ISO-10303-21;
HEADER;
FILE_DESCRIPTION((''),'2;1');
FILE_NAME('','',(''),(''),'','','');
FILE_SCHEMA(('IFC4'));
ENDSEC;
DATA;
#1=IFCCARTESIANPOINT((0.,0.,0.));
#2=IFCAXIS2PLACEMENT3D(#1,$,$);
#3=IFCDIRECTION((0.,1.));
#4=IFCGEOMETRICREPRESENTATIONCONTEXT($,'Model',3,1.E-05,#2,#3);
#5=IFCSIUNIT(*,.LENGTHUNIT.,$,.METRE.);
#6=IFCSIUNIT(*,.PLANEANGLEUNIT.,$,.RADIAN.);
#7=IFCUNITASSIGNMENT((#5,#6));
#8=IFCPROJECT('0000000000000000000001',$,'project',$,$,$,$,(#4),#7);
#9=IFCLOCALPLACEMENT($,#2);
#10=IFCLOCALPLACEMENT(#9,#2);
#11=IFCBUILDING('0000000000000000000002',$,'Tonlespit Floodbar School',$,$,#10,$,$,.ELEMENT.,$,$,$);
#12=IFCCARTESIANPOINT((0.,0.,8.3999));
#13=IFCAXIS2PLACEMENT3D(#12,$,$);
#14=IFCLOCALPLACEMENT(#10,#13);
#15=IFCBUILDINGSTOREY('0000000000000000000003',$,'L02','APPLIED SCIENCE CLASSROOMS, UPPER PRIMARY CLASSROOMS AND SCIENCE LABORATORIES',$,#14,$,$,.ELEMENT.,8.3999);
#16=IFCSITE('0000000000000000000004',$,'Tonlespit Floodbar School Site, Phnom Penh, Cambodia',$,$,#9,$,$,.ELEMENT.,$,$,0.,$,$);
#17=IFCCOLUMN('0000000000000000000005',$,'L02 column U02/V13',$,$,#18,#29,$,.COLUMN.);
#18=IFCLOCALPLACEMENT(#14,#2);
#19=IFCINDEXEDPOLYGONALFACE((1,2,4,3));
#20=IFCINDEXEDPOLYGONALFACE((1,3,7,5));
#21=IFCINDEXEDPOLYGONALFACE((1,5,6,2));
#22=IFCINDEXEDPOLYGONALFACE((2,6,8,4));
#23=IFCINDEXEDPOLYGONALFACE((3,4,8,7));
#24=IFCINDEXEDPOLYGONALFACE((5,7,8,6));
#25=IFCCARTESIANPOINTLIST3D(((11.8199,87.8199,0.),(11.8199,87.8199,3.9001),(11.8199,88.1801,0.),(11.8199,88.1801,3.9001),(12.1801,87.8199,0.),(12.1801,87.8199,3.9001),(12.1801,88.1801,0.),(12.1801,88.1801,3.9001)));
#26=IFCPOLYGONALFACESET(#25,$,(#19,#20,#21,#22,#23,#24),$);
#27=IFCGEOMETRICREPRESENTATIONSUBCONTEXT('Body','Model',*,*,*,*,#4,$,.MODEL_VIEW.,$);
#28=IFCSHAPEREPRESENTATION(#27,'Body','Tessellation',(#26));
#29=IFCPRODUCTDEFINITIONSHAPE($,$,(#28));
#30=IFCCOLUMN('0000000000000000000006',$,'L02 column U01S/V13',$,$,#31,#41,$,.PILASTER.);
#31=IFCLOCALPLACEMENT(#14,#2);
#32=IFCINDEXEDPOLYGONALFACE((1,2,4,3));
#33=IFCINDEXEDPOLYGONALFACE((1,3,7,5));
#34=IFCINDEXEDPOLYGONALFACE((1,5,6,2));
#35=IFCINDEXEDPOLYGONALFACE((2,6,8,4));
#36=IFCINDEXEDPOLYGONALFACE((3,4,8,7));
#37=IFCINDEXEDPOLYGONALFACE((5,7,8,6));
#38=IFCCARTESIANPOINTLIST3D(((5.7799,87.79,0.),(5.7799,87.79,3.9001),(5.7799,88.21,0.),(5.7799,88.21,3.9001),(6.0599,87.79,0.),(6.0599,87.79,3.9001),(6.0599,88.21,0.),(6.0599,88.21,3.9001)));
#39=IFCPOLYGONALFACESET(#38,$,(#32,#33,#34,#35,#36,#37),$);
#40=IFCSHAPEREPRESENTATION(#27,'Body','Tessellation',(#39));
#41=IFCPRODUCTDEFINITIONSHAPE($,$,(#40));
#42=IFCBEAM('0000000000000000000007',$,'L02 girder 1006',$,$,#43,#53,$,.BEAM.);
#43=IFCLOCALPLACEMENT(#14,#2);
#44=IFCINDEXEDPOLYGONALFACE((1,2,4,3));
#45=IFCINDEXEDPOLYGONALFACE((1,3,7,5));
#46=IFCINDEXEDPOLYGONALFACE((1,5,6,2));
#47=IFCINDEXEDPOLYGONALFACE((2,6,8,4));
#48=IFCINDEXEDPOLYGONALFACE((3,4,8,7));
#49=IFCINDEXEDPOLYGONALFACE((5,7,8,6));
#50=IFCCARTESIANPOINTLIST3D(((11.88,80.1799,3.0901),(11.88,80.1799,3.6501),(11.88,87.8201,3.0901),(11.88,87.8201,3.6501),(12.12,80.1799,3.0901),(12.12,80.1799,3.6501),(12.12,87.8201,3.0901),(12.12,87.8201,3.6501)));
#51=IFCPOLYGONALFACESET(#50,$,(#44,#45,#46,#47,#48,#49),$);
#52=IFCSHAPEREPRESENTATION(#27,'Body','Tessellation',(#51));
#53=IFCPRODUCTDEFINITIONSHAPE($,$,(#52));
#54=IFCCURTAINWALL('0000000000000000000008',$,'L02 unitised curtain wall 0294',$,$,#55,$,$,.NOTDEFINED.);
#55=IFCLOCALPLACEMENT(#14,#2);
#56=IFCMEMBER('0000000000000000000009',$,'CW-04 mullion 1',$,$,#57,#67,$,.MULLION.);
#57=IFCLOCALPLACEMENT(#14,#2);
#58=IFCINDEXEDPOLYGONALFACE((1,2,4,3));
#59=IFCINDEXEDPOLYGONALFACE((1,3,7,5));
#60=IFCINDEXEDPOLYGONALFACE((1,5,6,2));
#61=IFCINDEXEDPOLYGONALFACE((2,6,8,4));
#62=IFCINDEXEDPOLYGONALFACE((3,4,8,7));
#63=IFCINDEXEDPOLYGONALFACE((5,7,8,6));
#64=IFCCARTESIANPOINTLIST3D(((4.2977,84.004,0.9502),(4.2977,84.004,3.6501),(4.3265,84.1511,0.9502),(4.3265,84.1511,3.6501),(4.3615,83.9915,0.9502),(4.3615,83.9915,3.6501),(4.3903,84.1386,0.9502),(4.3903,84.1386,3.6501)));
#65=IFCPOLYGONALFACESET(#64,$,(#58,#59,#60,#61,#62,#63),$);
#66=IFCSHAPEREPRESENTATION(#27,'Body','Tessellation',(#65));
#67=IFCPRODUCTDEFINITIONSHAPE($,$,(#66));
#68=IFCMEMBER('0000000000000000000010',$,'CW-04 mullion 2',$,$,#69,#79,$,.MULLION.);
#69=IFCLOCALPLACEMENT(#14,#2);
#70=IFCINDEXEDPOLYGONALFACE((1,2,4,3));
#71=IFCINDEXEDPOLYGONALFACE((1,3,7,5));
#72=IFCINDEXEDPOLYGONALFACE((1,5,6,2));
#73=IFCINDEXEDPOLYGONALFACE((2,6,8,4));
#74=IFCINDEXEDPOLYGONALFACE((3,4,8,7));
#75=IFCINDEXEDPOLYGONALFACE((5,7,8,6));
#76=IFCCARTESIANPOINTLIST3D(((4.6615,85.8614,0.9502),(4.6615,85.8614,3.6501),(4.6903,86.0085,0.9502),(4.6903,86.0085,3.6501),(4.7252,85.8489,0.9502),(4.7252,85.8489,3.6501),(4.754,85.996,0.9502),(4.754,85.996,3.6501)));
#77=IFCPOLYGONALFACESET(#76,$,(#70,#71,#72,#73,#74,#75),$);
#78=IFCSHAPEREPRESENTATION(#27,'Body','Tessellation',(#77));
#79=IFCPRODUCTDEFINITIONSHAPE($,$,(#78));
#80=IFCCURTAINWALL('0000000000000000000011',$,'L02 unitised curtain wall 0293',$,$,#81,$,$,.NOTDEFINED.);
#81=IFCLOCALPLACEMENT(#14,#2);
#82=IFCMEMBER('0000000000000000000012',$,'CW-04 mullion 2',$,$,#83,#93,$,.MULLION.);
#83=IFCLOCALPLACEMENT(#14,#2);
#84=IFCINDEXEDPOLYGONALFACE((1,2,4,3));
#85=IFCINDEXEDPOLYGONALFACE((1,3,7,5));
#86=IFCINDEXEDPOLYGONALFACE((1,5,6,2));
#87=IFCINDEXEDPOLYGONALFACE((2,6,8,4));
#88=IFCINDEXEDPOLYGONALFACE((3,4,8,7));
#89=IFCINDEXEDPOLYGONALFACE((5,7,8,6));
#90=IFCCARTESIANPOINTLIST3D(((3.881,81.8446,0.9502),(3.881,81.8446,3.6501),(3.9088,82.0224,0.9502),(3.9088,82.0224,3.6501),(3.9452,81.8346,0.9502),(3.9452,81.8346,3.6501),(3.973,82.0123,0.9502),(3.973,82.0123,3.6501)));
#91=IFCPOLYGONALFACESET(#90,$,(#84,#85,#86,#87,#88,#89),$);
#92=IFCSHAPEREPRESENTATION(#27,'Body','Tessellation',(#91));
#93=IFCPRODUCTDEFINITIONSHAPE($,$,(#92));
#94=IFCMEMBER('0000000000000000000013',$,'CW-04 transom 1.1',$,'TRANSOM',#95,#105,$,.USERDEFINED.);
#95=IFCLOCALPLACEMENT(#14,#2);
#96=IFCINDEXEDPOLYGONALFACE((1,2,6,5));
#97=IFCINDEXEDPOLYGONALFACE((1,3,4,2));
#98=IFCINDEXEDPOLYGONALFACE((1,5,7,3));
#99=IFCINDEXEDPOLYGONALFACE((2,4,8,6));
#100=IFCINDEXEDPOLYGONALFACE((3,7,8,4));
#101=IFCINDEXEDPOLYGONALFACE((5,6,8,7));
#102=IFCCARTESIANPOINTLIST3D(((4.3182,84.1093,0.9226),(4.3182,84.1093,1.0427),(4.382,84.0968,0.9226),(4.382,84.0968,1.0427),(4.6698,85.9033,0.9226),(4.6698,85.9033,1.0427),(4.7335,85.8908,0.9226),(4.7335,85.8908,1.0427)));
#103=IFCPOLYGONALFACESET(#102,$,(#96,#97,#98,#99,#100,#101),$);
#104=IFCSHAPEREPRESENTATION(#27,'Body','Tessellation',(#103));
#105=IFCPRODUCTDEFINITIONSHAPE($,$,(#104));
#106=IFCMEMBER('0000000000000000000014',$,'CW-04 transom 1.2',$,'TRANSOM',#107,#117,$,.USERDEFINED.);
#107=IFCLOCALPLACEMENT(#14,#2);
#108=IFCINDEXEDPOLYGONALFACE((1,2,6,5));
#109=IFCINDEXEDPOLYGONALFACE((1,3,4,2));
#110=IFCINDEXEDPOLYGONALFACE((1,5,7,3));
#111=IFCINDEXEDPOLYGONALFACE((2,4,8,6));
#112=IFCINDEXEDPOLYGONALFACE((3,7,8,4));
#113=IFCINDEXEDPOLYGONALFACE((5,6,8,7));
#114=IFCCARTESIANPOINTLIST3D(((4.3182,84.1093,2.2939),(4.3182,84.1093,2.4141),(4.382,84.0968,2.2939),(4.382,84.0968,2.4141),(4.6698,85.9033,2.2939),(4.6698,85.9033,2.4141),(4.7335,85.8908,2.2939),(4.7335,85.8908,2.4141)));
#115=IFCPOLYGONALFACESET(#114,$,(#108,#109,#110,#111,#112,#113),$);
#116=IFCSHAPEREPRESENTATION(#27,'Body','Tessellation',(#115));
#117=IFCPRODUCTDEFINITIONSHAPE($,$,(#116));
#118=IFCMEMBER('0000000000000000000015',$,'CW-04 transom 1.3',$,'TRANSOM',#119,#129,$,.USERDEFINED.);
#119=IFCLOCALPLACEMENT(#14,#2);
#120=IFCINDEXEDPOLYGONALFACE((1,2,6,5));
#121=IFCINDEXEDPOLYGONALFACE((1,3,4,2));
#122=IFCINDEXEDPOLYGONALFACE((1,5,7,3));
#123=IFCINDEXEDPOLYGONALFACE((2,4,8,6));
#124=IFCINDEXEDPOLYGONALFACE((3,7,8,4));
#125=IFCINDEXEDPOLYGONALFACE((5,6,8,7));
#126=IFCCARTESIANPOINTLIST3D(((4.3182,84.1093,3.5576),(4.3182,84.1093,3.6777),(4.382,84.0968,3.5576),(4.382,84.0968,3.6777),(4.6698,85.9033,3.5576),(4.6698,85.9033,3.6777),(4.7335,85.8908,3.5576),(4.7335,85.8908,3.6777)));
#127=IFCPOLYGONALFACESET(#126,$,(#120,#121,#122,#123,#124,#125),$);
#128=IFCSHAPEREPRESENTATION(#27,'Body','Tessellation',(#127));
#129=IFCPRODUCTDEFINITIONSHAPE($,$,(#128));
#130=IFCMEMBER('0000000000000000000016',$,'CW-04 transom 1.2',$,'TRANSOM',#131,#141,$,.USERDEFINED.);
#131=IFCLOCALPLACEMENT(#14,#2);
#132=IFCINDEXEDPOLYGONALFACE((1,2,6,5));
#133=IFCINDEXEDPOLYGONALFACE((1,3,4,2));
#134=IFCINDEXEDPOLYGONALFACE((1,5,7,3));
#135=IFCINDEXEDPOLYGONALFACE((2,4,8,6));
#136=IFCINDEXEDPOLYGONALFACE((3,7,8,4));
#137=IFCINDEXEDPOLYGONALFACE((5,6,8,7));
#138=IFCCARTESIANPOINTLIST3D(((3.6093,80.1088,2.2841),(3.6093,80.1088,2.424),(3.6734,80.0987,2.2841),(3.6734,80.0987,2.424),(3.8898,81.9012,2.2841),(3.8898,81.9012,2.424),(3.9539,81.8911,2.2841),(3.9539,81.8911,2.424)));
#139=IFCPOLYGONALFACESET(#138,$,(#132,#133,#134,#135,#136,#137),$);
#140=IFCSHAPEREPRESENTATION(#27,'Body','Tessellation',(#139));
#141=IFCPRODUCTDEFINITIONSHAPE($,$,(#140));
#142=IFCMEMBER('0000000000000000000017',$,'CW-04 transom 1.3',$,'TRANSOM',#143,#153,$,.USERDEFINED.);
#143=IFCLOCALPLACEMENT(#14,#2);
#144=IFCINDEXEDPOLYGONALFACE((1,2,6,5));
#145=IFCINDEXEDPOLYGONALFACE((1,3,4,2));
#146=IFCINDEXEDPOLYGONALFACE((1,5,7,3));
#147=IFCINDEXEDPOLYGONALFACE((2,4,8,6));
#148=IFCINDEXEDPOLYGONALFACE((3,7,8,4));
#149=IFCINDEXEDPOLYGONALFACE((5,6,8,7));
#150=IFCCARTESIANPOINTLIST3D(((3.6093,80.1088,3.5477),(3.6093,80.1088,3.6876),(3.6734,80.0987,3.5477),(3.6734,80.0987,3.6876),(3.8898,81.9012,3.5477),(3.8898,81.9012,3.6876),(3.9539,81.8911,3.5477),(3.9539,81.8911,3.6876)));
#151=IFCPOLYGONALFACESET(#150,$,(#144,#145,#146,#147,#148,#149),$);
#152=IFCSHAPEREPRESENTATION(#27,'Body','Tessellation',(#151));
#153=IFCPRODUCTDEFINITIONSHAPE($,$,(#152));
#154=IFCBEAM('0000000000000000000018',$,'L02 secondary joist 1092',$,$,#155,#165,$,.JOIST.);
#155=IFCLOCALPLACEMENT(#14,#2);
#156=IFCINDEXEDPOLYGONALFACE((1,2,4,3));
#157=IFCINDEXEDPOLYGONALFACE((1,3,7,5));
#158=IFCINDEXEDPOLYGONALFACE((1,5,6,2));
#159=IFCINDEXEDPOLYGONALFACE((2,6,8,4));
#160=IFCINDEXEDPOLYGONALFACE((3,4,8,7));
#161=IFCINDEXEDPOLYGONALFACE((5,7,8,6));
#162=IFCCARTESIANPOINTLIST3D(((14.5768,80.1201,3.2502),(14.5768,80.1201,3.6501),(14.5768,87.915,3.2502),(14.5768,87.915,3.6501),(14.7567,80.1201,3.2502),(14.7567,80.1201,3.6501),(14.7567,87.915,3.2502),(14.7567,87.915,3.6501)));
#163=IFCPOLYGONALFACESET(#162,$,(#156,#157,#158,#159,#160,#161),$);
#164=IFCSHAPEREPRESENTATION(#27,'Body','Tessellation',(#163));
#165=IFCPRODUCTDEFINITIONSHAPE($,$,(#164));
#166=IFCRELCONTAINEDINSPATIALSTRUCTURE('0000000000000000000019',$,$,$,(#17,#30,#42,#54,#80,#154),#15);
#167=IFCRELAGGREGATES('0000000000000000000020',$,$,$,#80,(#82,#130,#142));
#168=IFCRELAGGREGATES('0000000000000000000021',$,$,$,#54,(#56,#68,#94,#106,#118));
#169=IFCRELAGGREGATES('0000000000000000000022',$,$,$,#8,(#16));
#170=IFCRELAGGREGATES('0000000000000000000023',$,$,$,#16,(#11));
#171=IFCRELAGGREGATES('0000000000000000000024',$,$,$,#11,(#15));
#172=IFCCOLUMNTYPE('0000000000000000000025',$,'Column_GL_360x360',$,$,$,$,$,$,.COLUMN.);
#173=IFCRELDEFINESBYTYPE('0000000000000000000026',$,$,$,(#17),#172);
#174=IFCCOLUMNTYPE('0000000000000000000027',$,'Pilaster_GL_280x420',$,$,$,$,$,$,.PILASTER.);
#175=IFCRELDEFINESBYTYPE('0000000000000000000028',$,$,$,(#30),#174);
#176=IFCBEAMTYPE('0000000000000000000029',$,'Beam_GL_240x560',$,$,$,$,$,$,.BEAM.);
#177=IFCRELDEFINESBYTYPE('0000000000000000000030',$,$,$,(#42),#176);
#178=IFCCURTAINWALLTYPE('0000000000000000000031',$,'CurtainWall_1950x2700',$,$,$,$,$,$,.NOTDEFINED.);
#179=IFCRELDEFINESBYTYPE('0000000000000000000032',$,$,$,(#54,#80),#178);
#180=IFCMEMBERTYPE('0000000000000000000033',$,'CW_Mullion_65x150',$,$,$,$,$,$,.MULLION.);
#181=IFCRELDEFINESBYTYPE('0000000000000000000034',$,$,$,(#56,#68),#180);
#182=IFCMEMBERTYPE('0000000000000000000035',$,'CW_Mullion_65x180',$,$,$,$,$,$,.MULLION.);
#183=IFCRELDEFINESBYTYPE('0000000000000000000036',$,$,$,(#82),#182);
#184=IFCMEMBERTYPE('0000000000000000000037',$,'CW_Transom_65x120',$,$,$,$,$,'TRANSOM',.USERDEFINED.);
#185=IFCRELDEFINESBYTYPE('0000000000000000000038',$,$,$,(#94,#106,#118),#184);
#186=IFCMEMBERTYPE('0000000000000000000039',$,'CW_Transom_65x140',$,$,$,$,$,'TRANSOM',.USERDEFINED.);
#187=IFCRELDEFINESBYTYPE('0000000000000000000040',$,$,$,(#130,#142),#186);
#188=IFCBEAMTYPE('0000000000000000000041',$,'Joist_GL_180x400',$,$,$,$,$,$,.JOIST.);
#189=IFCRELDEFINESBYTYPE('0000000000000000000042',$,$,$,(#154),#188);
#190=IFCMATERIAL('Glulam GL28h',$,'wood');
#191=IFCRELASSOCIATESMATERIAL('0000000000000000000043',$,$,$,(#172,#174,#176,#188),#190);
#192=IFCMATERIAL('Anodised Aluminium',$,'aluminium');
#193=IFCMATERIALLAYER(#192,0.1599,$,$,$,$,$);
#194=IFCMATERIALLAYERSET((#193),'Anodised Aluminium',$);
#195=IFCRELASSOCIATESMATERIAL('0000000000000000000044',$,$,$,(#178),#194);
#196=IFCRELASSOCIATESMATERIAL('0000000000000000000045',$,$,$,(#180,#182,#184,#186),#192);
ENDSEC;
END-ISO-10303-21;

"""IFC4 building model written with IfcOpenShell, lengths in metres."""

from ifc_helpers import new_model, si_unit, direction, frame, origin, origin_2d, place, context, subcontext, project, spatial, rectangle, extrude, material, layer, layer_set, material_profile, profile_set, type_object, element, aggregate, save


model = new_model("IFC4")

# Units and contexts
model_context = context("Model", 3, precision=1e-05, world=origin(), true_north=direction((0.0, 1.0)))
body_context = subcontext(model_context, "Body", "Model", "MODEL_VIEW")
ifc_project = project(units=[si_unit("LENGTHUNIT", "METRE"), si_unit("PLANEANGLEUNIT", "RADIAN")], contexts=[model_context])

# Site, building, storey
site_placement = place(None, origin())
site = spatial("IfcSite", under=ifc_project, at=site_placement, Name="Tonlespit Floodbar School Site, Phnom Penh, Cambodia", CompositionType="ELEMENT", RefElevation=0.0)
building_placement = place(site_placement, origin())
building = spatial("IfcBuilding", under=site, at=building_placement, Name="Tonlespit Floodbar School", CompositionType="ELEMENT")
storey_placement = place(building_placement, frame((0.0, 0.0, 8.3999)))
storey = spatial("IfcBuildingStorey", under=building, at=storey_placement, Name="L02", Description="APPLIED SCIENCE CLASSROOMS, UPPER PRIMARY CLASSROOMS AND SCIENCE LABORATORIES", CompositionType="ELEMENT", Elevation=8.3999)

# Columns
ifc_material_1 = material(Name="Glulam GL28h", Category="wood")
ifc_material_profile_1 = material_profile(ifc_material_1, rectangle(XDim=0.3601, YDim=0.3601, at=origin_2d()), Name="GL 360x360")
ifc_profile_set_1 = profile_set([ifc_material_profile_1], Name="Glulam GL28h")
column_type_1 = type_object("IfcColumnType", Name="Column_GL_360x360", PredefinedType="COLUMN", material=ifc_profile_set_1)
column_1_placement = place(storey_placement, frame((12.0, 88.0, 0.0), z_axis=(0.0, 0.0, 1.0), x_axis=(1.0, 0.0, 0.0)))
element("IfcColumn", 1, at=column_1_placement, inside=storey, type_object=column_type_1, Name="L02 column U02/V13", PredefinedType="COLUMN", context=body_context, shape_type="SweptSolid", body=[
    extrude(rectangle(XDim=0.3601, YDim=0.3601, at=origin_2d()), origin(), (0.0, 0.0, 1.0), 3.9001),
])
ifc_material_profile_2 = material_profile(ifc_material_1, rectangle(XDim=0.28, YDim=0.4199, at=origin_2d()), Name="GL 280x420")
ifc_profile_set_2 = profile_set([ifc_material_profile_2], Name="Glulam GL28h")
column_type_2 = type_object("IfcColumnType", Name="Pilaster_GL_280x420", PredefinedType="PILASTER", material=ifc_profile_set_2)
column_2_placement = place(storey_placement, frame((5.9199, 88.0, 0.0), z_axis=(0.0, 0.0, 1.0), x_axis=(1.0, 0.0, 0.0)))
element("IfcColumn", 2, at=column_2_placement, inside=storey, type_object=column_type_2, Name="L02 column U01S/V13", PredefinedType="PILASTER", context=body_context, shape_type="SweptSolid", body=[
    extrude(rectangle(XDim=0.28, YDim=0.4199, at=origin_2d()), origin(), (0.0, 0.0, 1.0), 3.9001),
])

# Beam
ifc_material_profile_3 = material_profile(ifc_material_1, rectangle(XDim=0.24, YDim=0.5601, at=origin_2d()), Name="GL 240x560")
ifc_profile_set_3 = profile_set([ifc_material_profile_3], Name="Glulam GL28h")
beam_type_1 = type_object("IfcBeamType", Name="Beam_GL_240x560", PredefinedType="BEAM", material=ifc_profile_set_3)
beam_1_placement = place(storey_placement, frame((12.0, 80.1799, 3.3701), z_axis=(0.0, 1.0, 0.0), x_axis=(-1.0, 0.0, 0.0)))
element("IfcBeam", 3, at=beam_1_placement, inside=storey, type_object=beam_type_1, Name="L02 girder 1006", PredefinedType="BEAM", context=body_context, shape_type="SweptSolid", body=[
    extrude(rectangle(XDim=0.24, YDim=0.5601, at=origin_2d()), origin(), (0.0, 0.0, 1.0), 7.6401),
])

# Curtain wall, members
ifc_material_2 = material(Name="Anodised Aluminium", Category="aluminium")
ifc_layer_1 = layer(ifc_material_2, 0.1599)
ifc_layer_set_1 = layer_set([ifc_layer_1], Name="Anodised Aluminium")
curtain_wall_type = type_object("IfcCurtainWallType", Name="CurtainWall_1950x2700", PredefinedType="NOTDEFINED", material=ifc_layer_set_1)
curtain_wall_1_placement = place(storey_placement, origin())
curtain_wall_1 = element("IfcCurtainWall", 4, at=curtain_wall_1_placement, inside=storey, type_object=curtain_wall_type, Name="L02 unitised curtain wall 0294", PredefinedType="NOTDEFINED")
ifc_material_profile_4 = material_profile(ifc_material_2, rectangle(XDim=0.0649, YDim=0.1499, at=origin_2d()), Name="ALU M65x150")
ifc_profile_set_4 = profile_set([ifc_material_profile_4], Name="Anodised Aluminium")
member_type_1 = type_object("IfcMemberType", Name="CW_Mullion_65x150", PredefinedType="MULLION", material=ifc_profile_set_4)
member_1_placement = place(storey_placement, frame((4.344, 84.0713, 0.9502), z_axis=(0.0, 0.0, 1.0), x_axis=(-0.981347, 0.192245, 0.0)))
member_1 = element("IfcMember", 5, at=member_1_placement, type_object=member_type_1, Name="CW-04 mullion 1", PredefinedType="MULLION", context=body_context, shape_type="SweptSolid", body=[
    extrude(rectangle(XDim=0.0649, YDim=0.1499, at=origin_2d()), origin(), (0.0, 0.0, 1.0), 2.7),
])
member_2_placement = place(storey_placement, frame((4.7078, 85.9287, 0.9502), z_axis=(0.0, 0.0, 1.0), x_axis=(-0.981347, 0.192245, 0.0)))
member_2 = element("IfcMember", 6, at=member_2_placement, type_object=member_type_1, Name="CW-04 mullion 2", PredefinedType="MULLION", context=body_context, shape_type="SweptSolid", body=[
    extrude(rectangle(XDim=0.0649, YDim=0.1499, at=origin_2d()), origin(), (0.0, 0.0, 1.0), 2.7),
])

# Curtain wall, member
curtain_wall_2_placement = place(storey_placement, origin())
curtain_wall_2 = element("IfcCurtainWall", 7, at=curtain_wall_2_placement, inside=storey, type_object=curtain_wall_type, Name="L02 unitised curtain wall 0293", PredefinedType="NOTDEFINED")
ifc_material_profile_5 = material_profile(ifc_material_2, rectangle(XDim=0.0649, YDim=0.1799, at=origin_2d()), Name="ALU M65x180")
ifc_profile_set_5 = profile_set([ifc_material_profile_5], Name="Anodised Aluminium")
member_type_2 = type_object("IfcMemberType", Name="CW_Mullion_65x180", PredefinedType="MULLION", material=ifc_profile_set_5)
member_3_placement = place(storey_placement, frame((3.927, 81.9285, 0.9502), z_axis=(0.0, 0.0, 1.0), x_axis=(-0.987961, 0.1547, 0.0)))
member_3 = element("IfcMember", 8, at=member_3_placement, type_object=member_type_2, Name="CW-04 mullion 2", PredefinedType="MULLION", context=body_context, shape_type="SweptSolid", body=[
    extrude(rectangle(XDim=0.0649, YDim=0.1799, at=origin_2d()), origin(), (0.0, 0.0, 1.0), 2.7),
])

# Members
ifc_material_profile_6 = material_profile(ifc_material_2, rectangle(XDim=0.0649, YDim=0.1201, at=origin_2d()), Name="ALU T65x120")
ifc_profile_set_6 = profile_set([ifc_material_profile_6], Name="Anodised Aluminium")
member_type_3 = type_object("IfcMemberType", Name="CW_Transom_65x120", ElementType="TRANSOM", PredefinedType="USERDEFINED", material=ifc_profile_set_6)
member_4_placement = place(storey_placement, frame((4.3501, 84.103, 0.9827), z_axis=(0.192314, 0.981334, 0.0), x_axis=(-0.981334, 0.192314, 0.0)))
member_4 = element("IfcMember", 9, at=member_4_placement, type_object=member_type_3, Name="CW-04 transom 1.1", ObjectType="TRANSOM", PredefinedType="USERDEFINED", context=body_context, shape_type="SweptSolid", body=[
    extrude(rectangle(XDim=0.0649, YDim=0.1201, at=origin_2d()), origin(), (0.0, 0.0, 1.0), 1.8281),
])
member_5_placement = place(storey_placement, frame((4.3501, 84.103, 2.354), z_axis=(0.192314, 0.981334, 0.0), x_axis=(-0.981334, 0.192314, 0.0)))
member_5 = element("IfcMember", 10, at=member_5_placement, type_object=member_type_3, Name="CW-04 transom 1.2", ObjectType="TRANSOM", PredefinedType="USERDEFINED", context=body_context, shape_type="SweptSolid", body=[
    extrude(rectangle(XDim=0.0649, YDim=0.1201, at=origin_2d()), origin(), (0.0, 0.0, 1.0), 1.8281),
])
member_6_placement = place(storey_placement, frame((4.3501, 84.103, 3.6177), z_axis=(0.192314, 0.981334, 0.0), x_axis=(-0.981334, 0.192314, 0.0)))
member_6 = element("IfcMember", 11, at=member_6_placement, type_object=member_type_3, Name="CW-04 transom 1.3", ObjectType="TRANSOM", PredefinedType="USERDEFINED", context=body_context, shape_type="SweptSolid", body=[
    extrude(rectangle(XDim=0.0649, YDim=0.1201, at=origin_2d()), origin(), (0.0, 0.0, 1.0), 1.8281),
])
ifc_material_profile_7 = material_profile(ifc_material_2, rectangle(XDim=0.0649, YDim=0.1399, at=origin_2d()), Name="ALU T65x140")
ifc_profile_set_7 = profile_set([ifc_material_profile_7], Name="Anodised Aluminium")
member_type_4 = type_object("IfcMemberType", Name="CW_Transom_65x140", ElementType="TRANSOM", PredefinedType="USERDEFINED", material=ifc_profile_set_7)
member_7_placement = place(storey_placement, frame((3.6414, 80.1038, 2.354), z_axis=(0.154615, 0.987975, 0.0), x_axis=(-0.987975, 0.154615, 0.0)))
member_7 = element("IfcMember", 12, at=member_7_placement, type_object=member_type_4, Name="CW-04 transom 1.2", ObjectType="TRANSOM", PredefinedType="USERDEFINED", context=body_context, shape_type="SweptSolid", body=[
    extrude(rectangle(XDim=0.0649, YDim=0.1399, at=origin_2d()), origin(), (0.0, 0.0, 1.0), 1.8142),
])
member_8_placement = place(storey_placement, frame((3.6414, 80.1038, 3.6177), z_axis=(0.154615, 0.987975, 0.0), x_axis=(-0.987975, 0.154615, 0.0)))
member_8 = element("IfcMember", 13, at=member_8_placement, type_object=member_type_4, Name="CW-04 transom 1.3", ObjectType="TRANSOM", PredefinedType="USERDEFINED", context=body_context, shape_type="SweptSolid", body=[
    extrude(rectangle(XDim=0.0649, YDim=0.1399, at=origin_2d()), origin(), (0.0, 0.0, 1.0), 1.8142),
])

# Beam
ifc_material_profile_8 = material_profile(ifc_material_1, rectangle(XDim=0.1799, YDim=0.3999, at=origin_2d()), Name="GL 180x400")
ifc_profile_set_8 = profile_set([ifc_material_profile_8], Name="Glulam GL28h")
beam_type_2 = type_object("IfcBeamType", Name="Joist_GL_180x400", PredefinedType="JOIST", material=ifc_profile_set_8)
beam_2_placement = place(storey_placement, frame((14.6667, 80.1201, 3.4502), z_axis=(0.0, 1.0, 0.0), x_axis=(-1.0, 0.0, 0.0)))
element("IfcBeam", 14, at=beam_2_placement, inside=storey, type_object=beam_type_2, Name="L02 secondary joist 1092", PredefinedType="JOIST", context=body_context, shape_type="SweptSolid", body=[
    extrude(rectangle(XDim=0.1799, YDim=0.3999, at=origin_2d()), origin(), (0.0, 0.0, 1.0), 7.7949),
])

aggregate(curtain_wall_2, [member_3, member_7, member_8])
aggregate(curtain_wall_1, [member_1, member_2, member_4, member_5, member_6])

save(model, "model.ifc")
